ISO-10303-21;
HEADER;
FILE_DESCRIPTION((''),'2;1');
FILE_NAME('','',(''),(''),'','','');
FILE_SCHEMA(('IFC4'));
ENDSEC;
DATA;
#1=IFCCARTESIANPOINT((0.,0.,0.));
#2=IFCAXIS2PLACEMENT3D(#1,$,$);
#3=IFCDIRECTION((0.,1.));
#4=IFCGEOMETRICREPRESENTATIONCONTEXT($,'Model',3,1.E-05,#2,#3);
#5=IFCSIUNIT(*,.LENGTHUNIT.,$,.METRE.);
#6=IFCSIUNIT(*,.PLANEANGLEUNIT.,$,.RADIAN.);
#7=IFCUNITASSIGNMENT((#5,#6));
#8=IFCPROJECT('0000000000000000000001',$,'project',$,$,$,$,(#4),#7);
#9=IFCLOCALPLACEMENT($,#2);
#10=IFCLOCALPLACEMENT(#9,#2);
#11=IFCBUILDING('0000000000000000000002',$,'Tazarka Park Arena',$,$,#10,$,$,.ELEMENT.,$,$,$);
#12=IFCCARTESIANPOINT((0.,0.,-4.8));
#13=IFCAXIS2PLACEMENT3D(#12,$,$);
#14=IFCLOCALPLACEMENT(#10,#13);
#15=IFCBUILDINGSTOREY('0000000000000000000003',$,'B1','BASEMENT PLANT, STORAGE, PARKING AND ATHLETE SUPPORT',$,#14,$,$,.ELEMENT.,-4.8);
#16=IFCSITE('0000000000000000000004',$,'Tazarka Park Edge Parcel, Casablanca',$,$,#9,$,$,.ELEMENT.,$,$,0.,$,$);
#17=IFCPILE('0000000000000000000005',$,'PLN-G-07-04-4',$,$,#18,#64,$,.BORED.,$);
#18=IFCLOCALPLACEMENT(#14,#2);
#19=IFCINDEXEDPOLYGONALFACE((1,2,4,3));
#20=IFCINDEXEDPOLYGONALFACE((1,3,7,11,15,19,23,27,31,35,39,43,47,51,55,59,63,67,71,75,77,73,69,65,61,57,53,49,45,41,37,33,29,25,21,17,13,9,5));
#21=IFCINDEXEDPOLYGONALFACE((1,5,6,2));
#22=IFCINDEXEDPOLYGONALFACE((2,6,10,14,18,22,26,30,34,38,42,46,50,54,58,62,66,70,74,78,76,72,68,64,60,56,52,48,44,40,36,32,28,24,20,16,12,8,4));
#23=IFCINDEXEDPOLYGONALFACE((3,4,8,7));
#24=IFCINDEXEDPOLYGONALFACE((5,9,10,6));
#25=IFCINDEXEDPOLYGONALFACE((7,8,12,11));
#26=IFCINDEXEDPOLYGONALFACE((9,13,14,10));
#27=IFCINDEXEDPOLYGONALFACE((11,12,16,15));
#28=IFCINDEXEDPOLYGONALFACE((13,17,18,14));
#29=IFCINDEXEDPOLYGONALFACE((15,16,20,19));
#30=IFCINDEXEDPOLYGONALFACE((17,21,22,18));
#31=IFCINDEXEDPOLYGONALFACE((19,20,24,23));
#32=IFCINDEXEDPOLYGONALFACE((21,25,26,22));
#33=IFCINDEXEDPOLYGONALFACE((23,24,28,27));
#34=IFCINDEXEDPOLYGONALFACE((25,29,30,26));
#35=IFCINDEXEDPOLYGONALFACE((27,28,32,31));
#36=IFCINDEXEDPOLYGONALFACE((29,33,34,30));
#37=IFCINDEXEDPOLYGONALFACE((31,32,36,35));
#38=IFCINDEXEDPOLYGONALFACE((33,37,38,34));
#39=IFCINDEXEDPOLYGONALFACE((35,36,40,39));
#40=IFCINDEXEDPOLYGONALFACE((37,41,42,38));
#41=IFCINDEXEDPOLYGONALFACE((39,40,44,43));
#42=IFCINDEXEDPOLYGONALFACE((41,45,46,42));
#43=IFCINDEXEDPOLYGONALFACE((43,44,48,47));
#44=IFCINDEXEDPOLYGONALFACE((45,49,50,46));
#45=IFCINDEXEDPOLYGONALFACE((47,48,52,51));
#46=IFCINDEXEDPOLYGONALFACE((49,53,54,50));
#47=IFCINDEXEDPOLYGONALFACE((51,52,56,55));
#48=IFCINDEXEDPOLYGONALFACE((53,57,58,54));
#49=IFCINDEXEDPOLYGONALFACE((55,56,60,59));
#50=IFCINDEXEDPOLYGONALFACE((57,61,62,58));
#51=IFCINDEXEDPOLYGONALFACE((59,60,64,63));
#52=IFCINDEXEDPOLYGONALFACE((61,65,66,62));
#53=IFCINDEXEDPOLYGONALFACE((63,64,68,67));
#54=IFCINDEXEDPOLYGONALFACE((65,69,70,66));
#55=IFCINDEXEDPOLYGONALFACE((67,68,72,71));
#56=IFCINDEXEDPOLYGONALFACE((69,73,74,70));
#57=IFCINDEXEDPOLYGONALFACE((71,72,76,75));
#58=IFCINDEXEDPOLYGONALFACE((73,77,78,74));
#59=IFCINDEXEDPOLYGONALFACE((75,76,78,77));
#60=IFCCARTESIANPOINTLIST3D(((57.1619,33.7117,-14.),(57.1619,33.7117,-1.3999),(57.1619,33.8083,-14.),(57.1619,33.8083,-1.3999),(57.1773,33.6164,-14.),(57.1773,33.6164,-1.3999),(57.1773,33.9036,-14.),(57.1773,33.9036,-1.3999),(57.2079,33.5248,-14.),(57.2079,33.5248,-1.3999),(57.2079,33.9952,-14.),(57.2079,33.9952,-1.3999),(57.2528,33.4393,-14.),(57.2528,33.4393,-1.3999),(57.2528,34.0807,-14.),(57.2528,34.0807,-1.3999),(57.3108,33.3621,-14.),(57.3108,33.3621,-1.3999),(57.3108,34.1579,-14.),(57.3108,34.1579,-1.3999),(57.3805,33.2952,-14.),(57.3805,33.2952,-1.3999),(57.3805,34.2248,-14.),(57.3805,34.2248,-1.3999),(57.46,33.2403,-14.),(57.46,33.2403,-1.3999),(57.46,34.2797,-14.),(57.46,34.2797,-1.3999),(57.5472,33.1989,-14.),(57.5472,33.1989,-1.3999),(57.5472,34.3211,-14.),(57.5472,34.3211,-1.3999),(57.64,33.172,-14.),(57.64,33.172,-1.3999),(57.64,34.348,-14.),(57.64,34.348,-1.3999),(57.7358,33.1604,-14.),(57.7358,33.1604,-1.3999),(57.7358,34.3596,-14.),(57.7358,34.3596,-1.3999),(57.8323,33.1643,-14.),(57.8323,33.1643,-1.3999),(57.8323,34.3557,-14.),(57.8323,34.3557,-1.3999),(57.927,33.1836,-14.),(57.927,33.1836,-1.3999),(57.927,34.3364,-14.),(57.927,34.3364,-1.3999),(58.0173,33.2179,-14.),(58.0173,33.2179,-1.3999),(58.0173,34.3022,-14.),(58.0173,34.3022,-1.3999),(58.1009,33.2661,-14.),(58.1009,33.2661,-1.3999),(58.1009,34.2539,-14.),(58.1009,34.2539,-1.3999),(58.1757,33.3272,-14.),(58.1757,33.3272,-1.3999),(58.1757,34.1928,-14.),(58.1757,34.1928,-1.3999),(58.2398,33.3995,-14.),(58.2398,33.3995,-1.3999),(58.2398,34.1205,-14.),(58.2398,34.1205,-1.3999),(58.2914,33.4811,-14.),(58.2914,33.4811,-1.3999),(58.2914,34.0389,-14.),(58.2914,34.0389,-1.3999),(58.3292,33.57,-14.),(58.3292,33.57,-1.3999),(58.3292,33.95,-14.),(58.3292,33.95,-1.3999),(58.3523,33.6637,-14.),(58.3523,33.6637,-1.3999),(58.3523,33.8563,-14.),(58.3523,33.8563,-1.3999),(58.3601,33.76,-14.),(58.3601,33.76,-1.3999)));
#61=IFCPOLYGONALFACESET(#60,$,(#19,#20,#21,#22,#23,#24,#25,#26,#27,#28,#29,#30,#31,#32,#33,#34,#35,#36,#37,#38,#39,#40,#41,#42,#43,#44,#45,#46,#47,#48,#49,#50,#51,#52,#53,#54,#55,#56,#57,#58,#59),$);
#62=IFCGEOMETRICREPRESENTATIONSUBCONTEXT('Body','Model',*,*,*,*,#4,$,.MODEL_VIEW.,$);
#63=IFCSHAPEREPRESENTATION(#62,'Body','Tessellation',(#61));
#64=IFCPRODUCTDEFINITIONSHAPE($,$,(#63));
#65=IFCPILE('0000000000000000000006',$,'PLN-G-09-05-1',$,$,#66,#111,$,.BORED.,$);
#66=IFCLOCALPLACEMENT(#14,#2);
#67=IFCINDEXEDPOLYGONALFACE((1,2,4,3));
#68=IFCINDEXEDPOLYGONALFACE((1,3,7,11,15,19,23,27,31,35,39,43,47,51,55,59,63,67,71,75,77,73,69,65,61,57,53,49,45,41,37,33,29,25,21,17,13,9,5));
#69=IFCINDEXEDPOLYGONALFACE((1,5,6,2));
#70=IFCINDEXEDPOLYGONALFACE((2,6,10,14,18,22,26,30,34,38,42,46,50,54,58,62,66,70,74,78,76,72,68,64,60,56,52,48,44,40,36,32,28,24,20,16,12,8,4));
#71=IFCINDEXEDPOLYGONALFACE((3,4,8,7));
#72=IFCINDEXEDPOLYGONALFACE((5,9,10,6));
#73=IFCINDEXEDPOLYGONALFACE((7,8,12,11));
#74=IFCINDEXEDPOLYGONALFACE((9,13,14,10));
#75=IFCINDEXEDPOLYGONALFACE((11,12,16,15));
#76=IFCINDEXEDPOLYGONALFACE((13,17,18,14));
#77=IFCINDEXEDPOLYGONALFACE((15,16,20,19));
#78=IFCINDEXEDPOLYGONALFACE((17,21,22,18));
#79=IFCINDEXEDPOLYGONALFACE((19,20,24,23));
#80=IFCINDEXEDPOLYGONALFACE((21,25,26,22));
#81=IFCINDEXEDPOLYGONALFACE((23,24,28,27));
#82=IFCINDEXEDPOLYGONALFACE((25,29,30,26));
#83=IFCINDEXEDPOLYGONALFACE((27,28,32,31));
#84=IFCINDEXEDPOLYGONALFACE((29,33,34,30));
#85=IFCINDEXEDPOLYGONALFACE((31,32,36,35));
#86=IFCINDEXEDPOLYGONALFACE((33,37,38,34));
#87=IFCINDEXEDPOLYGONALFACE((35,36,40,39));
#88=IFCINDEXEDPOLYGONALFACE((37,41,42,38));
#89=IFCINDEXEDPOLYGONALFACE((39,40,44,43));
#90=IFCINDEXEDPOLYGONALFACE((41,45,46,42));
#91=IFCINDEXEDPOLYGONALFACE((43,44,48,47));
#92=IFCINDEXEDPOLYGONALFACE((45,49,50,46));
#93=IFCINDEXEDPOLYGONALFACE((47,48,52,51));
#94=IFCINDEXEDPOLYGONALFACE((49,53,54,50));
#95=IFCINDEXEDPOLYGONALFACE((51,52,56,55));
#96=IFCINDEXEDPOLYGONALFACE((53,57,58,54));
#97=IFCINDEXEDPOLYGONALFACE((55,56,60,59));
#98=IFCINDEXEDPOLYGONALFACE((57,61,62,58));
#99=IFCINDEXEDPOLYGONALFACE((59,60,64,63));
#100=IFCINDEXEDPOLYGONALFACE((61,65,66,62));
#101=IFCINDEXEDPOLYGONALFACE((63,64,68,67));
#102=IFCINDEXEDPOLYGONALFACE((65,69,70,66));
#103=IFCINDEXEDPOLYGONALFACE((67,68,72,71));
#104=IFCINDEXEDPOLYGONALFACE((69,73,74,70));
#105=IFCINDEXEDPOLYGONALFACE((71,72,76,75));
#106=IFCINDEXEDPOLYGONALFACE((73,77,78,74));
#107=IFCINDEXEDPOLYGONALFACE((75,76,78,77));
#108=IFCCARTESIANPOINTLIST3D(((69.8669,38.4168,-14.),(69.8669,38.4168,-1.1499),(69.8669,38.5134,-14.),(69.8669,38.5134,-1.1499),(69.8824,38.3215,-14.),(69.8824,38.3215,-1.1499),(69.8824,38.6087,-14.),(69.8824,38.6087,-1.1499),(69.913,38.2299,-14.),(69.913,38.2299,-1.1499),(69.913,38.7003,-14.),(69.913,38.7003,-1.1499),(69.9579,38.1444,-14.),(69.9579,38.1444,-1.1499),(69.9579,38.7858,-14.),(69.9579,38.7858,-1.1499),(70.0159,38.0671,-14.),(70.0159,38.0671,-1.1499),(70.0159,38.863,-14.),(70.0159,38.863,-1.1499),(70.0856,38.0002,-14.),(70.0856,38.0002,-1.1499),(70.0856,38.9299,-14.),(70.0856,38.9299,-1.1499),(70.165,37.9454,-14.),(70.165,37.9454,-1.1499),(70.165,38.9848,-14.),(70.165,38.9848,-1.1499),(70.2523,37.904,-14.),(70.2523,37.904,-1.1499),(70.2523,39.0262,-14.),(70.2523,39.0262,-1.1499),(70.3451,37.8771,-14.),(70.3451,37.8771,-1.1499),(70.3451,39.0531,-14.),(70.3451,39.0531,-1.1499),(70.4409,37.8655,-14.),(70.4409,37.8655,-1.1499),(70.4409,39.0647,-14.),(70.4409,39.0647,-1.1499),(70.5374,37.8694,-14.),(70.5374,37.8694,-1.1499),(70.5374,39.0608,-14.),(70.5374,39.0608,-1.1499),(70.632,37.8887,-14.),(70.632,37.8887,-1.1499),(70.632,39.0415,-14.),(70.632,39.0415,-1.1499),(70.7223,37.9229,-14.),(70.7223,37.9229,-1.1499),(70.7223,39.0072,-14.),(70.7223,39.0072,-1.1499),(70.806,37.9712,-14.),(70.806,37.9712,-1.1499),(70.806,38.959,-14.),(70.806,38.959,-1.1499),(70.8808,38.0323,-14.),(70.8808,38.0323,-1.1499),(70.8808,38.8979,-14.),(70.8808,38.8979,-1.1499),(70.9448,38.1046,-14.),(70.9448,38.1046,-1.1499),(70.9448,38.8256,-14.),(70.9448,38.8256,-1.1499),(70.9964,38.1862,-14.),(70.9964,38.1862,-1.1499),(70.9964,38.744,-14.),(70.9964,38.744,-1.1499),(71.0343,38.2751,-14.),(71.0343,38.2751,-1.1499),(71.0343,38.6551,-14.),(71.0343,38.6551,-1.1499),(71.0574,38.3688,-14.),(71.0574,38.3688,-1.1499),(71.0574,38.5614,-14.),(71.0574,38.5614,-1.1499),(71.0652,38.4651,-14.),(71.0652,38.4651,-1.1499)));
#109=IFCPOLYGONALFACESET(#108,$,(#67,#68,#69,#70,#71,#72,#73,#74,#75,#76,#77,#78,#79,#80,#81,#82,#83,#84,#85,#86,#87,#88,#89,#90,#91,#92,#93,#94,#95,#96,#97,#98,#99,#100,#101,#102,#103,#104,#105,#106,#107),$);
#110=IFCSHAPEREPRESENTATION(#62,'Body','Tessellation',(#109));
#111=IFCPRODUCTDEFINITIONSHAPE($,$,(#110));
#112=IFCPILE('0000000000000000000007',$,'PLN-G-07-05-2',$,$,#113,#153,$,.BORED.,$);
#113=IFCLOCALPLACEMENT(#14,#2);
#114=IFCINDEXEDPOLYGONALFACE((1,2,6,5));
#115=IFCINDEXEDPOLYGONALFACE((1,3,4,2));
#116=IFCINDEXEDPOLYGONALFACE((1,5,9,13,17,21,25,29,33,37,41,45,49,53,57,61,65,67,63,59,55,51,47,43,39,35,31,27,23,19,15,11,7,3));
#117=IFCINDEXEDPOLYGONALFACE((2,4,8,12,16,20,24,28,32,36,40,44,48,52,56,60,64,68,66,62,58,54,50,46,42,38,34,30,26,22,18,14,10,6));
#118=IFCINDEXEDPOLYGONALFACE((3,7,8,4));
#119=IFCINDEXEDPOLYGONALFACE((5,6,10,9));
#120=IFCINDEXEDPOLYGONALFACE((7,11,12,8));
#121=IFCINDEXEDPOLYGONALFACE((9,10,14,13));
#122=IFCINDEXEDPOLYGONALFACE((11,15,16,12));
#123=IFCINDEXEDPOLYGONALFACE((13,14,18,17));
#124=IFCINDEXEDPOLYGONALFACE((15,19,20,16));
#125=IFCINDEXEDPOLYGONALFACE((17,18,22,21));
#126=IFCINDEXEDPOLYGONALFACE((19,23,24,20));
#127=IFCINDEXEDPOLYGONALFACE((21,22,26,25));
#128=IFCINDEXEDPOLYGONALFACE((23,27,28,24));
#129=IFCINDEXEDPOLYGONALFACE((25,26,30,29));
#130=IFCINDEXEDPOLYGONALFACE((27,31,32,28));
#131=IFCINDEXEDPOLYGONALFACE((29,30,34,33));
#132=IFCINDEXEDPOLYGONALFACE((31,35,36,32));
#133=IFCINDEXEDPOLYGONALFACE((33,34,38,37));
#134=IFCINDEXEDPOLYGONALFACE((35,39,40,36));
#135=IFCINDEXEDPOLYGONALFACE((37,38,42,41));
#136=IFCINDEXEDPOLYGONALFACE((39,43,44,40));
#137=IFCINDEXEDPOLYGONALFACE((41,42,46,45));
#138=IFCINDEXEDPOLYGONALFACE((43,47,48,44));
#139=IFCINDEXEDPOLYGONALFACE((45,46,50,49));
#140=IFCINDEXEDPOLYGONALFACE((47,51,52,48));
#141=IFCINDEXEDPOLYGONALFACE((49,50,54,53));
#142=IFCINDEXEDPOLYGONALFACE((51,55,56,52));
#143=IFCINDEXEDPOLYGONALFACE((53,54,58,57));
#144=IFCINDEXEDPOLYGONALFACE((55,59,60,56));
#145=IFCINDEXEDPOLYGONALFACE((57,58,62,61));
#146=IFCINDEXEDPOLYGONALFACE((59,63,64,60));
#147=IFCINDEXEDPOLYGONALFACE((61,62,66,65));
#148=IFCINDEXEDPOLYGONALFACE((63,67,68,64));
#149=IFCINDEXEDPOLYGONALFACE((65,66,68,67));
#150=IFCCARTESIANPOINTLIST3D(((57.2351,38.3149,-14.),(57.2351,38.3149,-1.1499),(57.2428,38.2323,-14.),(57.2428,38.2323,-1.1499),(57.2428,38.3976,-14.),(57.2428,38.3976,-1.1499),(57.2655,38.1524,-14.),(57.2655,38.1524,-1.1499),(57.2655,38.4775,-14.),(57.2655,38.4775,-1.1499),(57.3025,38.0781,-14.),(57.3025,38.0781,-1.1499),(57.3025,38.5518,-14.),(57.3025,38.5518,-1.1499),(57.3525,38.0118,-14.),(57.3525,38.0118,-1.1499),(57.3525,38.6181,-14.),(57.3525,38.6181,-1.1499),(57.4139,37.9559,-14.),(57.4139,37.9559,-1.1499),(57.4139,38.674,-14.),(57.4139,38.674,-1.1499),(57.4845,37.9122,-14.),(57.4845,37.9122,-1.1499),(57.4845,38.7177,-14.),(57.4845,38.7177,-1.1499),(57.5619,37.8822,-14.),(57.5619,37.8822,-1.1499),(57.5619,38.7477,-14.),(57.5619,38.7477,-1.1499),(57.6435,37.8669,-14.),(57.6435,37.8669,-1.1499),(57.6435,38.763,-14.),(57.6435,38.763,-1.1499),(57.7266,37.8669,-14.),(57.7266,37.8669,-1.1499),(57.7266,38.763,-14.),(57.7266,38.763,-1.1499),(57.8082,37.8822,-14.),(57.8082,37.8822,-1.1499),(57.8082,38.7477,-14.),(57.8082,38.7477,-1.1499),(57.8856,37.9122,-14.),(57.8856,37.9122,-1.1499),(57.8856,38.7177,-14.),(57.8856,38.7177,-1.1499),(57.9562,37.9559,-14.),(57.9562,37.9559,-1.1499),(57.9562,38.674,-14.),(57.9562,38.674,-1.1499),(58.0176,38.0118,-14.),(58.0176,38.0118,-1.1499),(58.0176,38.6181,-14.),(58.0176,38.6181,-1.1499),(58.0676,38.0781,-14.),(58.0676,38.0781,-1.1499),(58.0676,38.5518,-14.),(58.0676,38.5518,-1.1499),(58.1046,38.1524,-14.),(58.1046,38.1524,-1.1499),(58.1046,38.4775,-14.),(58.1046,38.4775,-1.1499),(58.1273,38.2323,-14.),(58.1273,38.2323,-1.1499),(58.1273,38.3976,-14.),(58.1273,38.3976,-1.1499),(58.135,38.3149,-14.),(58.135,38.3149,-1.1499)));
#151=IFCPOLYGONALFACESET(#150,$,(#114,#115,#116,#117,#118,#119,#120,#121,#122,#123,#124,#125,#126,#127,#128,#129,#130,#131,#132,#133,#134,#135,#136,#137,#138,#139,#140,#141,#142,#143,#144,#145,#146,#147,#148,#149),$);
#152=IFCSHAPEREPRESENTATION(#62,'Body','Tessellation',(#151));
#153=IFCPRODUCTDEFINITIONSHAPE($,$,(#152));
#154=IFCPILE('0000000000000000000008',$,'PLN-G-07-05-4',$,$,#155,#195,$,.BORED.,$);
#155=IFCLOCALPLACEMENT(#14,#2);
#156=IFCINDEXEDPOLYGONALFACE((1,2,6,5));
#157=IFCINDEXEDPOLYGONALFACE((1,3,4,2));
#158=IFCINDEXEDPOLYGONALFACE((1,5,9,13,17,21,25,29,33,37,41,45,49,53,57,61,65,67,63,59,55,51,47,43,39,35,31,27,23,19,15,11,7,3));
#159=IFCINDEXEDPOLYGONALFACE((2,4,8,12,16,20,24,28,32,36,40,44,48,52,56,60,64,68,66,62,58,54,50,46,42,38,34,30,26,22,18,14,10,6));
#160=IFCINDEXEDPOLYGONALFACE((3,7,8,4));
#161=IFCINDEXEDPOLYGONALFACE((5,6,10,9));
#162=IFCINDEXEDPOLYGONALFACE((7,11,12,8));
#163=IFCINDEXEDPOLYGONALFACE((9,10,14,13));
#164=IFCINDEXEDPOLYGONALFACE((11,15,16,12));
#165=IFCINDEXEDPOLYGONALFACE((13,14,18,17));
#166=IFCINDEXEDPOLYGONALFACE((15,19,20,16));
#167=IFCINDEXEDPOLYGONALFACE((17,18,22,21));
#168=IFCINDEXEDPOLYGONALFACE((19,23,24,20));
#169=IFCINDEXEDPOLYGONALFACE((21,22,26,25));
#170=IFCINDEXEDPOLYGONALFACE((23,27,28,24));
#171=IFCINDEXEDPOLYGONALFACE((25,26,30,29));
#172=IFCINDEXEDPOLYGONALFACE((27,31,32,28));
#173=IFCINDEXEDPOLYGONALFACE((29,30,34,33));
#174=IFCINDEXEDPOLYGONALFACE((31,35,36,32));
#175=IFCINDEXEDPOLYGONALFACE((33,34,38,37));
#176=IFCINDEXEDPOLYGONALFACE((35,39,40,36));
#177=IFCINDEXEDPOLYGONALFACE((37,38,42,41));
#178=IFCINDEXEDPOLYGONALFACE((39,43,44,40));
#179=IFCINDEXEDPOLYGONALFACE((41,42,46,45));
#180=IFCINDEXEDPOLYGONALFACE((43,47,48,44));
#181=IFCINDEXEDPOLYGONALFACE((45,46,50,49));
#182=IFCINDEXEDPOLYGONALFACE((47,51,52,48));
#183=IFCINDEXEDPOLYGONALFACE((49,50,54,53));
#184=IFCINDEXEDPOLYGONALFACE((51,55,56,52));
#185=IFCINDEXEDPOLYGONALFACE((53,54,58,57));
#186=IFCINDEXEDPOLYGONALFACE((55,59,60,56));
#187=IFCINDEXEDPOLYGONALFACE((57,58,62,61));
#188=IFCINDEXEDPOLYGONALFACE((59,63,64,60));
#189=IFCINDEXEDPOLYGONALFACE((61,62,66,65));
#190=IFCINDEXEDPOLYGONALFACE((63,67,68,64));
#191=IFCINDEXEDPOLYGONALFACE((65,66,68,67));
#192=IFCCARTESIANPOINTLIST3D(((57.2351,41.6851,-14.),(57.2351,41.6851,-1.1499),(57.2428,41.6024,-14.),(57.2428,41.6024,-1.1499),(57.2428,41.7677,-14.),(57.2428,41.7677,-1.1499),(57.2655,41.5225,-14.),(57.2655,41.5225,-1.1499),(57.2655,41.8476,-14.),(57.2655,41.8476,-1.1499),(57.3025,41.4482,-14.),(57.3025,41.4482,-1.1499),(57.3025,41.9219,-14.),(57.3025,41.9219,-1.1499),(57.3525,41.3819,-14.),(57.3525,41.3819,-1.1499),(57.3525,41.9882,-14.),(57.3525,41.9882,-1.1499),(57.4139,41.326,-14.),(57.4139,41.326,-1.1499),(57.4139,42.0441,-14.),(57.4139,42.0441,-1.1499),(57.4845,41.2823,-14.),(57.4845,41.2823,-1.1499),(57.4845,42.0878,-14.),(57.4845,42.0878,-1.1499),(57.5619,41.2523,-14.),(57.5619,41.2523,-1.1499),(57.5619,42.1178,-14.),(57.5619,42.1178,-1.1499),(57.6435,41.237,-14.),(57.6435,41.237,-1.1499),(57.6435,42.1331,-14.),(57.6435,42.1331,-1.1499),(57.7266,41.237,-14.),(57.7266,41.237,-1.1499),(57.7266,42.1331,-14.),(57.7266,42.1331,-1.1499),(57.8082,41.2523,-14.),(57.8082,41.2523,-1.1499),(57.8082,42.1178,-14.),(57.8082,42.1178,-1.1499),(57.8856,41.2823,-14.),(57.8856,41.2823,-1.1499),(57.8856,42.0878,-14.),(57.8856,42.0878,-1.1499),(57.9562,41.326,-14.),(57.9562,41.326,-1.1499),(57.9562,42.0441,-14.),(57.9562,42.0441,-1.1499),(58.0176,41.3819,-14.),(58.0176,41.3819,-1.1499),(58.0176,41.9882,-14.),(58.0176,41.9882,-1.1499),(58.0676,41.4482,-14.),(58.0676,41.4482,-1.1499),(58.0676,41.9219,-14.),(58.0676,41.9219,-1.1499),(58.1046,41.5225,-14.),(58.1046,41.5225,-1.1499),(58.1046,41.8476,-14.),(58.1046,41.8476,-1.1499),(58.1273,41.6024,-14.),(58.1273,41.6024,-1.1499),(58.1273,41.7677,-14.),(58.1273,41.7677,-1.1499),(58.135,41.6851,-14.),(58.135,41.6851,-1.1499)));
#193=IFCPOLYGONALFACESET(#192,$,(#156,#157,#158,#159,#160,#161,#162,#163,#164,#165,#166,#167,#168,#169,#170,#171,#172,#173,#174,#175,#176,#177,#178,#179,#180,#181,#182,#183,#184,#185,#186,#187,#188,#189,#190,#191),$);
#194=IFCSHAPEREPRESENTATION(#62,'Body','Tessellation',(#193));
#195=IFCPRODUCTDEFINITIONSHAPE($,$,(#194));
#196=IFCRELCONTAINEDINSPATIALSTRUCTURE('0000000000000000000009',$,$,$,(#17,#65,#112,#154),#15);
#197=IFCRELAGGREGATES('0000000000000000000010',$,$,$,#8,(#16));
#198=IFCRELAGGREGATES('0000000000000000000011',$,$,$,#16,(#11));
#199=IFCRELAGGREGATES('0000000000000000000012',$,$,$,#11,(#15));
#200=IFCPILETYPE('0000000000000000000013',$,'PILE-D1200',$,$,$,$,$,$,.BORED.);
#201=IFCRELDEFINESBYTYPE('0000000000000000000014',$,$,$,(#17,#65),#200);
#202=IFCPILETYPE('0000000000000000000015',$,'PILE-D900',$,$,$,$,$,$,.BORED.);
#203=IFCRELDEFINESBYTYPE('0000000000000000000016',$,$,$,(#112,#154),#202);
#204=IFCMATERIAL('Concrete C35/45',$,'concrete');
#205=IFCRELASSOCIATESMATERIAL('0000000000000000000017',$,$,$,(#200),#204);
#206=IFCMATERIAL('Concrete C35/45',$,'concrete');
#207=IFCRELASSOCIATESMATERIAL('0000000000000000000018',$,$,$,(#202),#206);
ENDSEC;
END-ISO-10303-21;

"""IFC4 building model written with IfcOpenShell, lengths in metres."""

from ifc_helpers import new_model, si_unit, direction, frame, origin, origin_2d, place, context, subcontext, project, spatial, circle, extrude, material, material_profile, profile_set, type_object, element, save


model = new_model("IFC4")

# Units and contexts
model_context = context("Model", 3, precision=1e-05, world=origin(), true_north=direction((0.0, 1.0)))
body_context = subcontext(model_context, "Body", "Model", "MODEL_VIEW")
ifc_project = project(units=[si_unit("LENGTHUNIT", "METRE"), si_unit("PLANEANGLEUNIT", "RADIAN")], contexts=[model_context])

# Site, building, storey
site_placement = place(None, origin())
site = spatial("IfcSite", under=ifc_project, at=site_placement, Name="Tazarka Park Edge Parcel, Casablanca", CompositionType="ELEMENT", RefElevation=0.0)
building_placement = place(site_placement, origin())
building = spatial("IfcBuilding", under=site, at=building_placement, Name="Tazarka Park Arena", CompositionType="ELEMENT")
storey_placement = place(building_placement, frame((0.0, 0.0, -4.8)))
storey = spatial("IfcBuildingStorey", under=building, at=storey_placement, Name="B1", Description="BASEMENT PLANT, STORAGE, PARKING AND ATHLETE SUPPORT", CompositionType="ELEMENT", Elevation=-4.8)

# Piles
ifc_material_1 = material(Name="Concrete C35/45", Category="concrete")
ifc_material_profile_1 = material_profile(ifc_material_1, circle(Radius=0.6001, at=origin_2d()), Name="Concrete C35/45")
ifc_profile_set_1 = profile_set([ifc_material_profile_1], Name="Concrete C35/45")
pile_type_1 = type_object("IfcPileType", Name="PILE-D1200", PredefinedType="BORED", material=ifc_profile_set_1)
pile_1_placement = place(storey_placement, frame((57.76, 33.76, -1.3999), z_axis=(0.0, 0.0, -1.0), x_axis=(1.0, 0.0, 0.0)))
element("IfcPile", 1, at=pile_1_placement, inside=storey, type_object=pile_type_1, Name="PLN-G-07-04-4", PredefinedType="BORED", context=body_context, shape_type="SweptSolid", body=[
    extrude(circle(Radius=0.6001, at=origin_2d()), origin(), (0.0, 0.0, 1.0), 12.6001),
])
pile_2_placement = place(storey_placement, frame((70.4651, 38.4651, -1.1499), z_axis=(0.0, 0.0, -1.0), x_axis=(1.0, 0.0, 0.0)))
element("IfcPile", 2, at=pile_2_placement, inside=storey, type_object=pile_type_1, Name="PLN-G-09-05-1", PredefinedType="BORED", context=body_context, shape_type="SweptSolid", body=[
    extrude(circle(Radius=0.6001, at=origin_2d()), origin(), (0.0, 0.0, 1.0), 12.8501),
])
ifc_material_2 = material(Name="Concrete C35/45", Category="concrete")
ifc_material_profile_2 = material_profile(ifc_material_2, circle(Radius=0.45, at=origin_2d()), Name="Concrete C35/45")
ifc_profile_set_2 = profile_set([ifc_material_profile_2], Name="Concrete C35/45")
pile_type_2 = type_object("IfcPileType", Name="PILE-D900", PredefinedType="BORED", material=ifc_profile_set_2)
for number, where, z_axis, x_axis, name in (
    (3, (57.6851, 38.3149, -1.1499), (0.0, 0.0, -1.0), (1.0, 0.0, 0.0), "PLN-G-07-05-2"),
    (4, (57.6851, 41.6851, -1.1499), (0.0, 0.0, -1.0), (1.0, 0.0, 0.0), "PLN-G-07-05-4"),
):
    element("IfcPile", number, at=place(storey_placement, frame(where, z_axis=z_axis, x_axis=x_axis)), inside=storey, type_object=pile_type_2, Name=name, PredefinedType="BORED", context=body_context, shape_type="SweptSolid", body=[
        extrude(circle(Radius=0.45, at=origin_2d()), origin(), (0.0, 0.0, 1.0), 12.8501),
    ])

save(model, "model.ifc")
